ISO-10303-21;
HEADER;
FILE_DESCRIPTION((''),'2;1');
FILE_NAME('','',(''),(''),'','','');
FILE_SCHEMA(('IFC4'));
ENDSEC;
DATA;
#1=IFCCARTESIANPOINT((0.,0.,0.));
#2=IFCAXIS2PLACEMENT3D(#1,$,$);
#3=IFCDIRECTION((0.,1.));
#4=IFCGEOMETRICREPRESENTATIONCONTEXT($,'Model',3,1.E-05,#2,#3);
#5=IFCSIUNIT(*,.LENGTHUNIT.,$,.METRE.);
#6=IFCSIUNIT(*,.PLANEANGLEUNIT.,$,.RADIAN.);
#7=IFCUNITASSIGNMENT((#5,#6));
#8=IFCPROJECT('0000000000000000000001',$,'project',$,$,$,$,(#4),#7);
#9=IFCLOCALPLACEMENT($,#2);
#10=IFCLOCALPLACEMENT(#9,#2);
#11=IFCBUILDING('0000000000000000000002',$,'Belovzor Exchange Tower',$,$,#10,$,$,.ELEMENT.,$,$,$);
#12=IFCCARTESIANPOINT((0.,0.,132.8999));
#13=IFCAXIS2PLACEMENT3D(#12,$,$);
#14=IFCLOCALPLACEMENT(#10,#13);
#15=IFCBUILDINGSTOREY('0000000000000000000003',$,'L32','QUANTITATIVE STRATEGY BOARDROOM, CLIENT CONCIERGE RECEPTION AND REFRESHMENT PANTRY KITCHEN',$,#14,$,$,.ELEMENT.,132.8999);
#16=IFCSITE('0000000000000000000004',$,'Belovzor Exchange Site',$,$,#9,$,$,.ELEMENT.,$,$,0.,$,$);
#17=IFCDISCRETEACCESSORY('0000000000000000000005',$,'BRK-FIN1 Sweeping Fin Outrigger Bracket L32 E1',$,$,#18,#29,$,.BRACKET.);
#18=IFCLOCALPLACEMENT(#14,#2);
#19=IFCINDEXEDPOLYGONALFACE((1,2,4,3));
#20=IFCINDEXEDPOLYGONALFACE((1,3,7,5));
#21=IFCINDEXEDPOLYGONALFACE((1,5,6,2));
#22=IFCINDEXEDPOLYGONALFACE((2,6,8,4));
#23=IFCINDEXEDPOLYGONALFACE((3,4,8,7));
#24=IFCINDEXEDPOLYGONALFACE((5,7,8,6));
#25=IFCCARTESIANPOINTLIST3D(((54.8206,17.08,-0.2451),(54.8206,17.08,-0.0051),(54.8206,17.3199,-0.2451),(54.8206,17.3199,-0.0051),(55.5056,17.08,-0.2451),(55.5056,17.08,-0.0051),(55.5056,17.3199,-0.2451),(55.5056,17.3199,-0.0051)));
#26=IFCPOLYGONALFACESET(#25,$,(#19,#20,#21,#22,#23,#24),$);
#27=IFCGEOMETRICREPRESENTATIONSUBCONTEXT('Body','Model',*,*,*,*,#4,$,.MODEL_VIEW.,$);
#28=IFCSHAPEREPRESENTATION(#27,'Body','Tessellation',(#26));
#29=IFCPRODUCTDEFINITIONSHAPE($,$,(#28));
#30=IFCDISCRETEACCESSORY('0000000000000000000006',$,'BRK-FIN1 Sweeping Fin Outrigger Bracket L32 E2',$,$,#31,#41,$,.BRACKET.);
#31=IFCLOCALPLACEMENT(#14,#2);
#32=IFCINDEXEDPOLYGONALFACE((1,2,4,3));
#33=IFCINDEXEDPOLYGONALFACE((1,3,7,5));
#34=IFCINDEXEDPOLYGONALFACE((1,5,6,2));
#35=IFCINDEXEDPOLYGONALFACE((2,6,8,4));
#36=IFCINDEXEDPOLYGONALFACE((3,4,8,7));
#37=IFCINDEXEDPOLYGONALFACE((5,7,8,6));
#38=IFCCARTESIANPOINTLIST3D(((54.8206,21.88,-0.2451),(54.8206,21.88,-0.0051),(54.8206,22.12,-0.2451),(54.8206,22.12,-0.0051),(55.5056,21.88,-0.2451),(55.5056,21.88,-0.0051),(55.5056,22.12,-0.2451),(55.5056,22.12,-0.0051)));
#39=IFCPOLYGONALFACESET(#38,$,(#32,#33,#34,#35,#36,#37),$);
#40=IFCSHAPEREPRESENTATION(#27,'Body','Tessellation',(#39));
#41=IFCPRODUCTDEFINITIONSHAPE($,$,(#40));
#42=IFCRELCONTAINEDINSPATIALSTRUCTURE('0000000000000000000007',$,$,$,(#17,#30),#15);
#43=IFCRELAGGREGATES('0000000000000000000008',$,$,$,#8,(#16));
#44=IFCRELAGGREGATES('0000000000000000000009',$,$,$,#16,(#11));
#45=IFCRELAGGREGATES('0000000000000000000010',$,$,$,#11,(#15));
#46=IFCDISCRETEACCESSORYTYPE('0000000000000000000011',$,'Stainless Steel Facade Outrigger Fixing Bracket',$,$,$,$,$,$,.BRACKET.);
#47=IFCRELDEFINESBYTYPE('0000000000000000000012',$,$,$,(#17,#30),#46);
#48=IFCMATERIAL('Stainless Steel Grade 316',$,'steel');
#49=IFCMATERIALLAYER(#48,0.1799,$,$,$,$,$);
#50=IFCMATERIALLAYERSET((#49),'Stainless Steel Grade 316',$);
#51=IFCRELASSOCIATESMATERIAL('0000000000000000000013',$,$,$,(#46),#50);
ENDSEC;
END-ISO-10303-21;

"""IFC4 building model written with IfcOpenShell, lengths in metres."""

from ifc_helpers import new_model, si_unit, direction, frame, origin, origin_2d, place, context, subcontext, project, spatial, rectangle, extrude, material, layer, layer_set, type_object, element, save


model = new_model("IFC4")

# Units and contexts
model_context = context("Model", 3, precision=1e-05, world=origin(), true_north=direction((0.0, 1.0)))
body_context = subcontext(model_context, "Body", "Model", "MODEL_VIEW")
ifc_project = project(units=[si_unit("LENGTHUNIT", "METRE"), si_unit("PLANEANGLEUNIT", "RADIAN")], contexts=[model_context])

# Site, building, storey
site_placement = place(None, origin())
site = spatial("IfcSite", under=ifc_project, at=site_placement, Name="Belovzor Exchange Site", CompositionType="ELEMENT", RefElevation=0.0)
building_placement = place(site_placement, origin())
building = spatial("IfcBuilding", under=site, at=building_placement, Name="Belovzor Exchange Tower", CompositionType="ELEMENT")
storey_placement = place(building_placement, frame((0.0, 0.0, 132.8999)))
storey = spatial("IfcBuildingStorey", under=building, at=storey_placement, Name="L32", Description="QUANTITATIVE STRATEGY BOARDROOM, CLIENT CONCIERGE RECEPTION AND REFRESHMENT PANTRY KITCHEN", CompositionType="ELEMENT", Elevation=132.8999)

# Discrete accessories
ifc_material_1 = material(Name="Stainless Steel Grade 316", Category="steel")
ifc_layer_1 = layer(ifc_material_1, 0.1799)
ifc_layer_set_1 = layer_set([ifc_layer_1], Name="Stainless Steel Grade 316")
discrete_accessory_type = type_object("IfcDiscreteAccessoryType", Name="Stainless Steel Facade Outrigger Fixing Bracket", PredefinedType="BRACKET", material=ifc_layer_set_1)
for number, where, z_axis, x_axis, name in (
    (1, (55.1631, 17.2, -0.2451), (0.0, 0.0, 1.0), (1.0, 0.0, 0.0), "BRK-FIN1 Sweeping Fin Outrigger Bracket L32 E1"),
    (2, (55.1631, 22.0, -0.2451), (0.0, 0.0, 1.0), (1.0, 0.0, 0.0), "BRK-FIN1 Sweeping Fin Outrigger Bracket L32 E2"),
):
    element("IfcDiscreteAccessory", number, at=place(storey_placement, frame(where, z_axis=z_axis, x_axis=x_axis)), inside=storey, type_object=discrete_accessory_type, Name=name, PredefinedType="BRACKET", context=body_context, shape_type="SweptSolid", body=[
        extrude(rectangle(XDim=0.6851, YDim=0.24, at=origin_2d()), origin(), (0.0, 0.0, 1.0), 0.24),
    ])

save(model, "model.ifc")
